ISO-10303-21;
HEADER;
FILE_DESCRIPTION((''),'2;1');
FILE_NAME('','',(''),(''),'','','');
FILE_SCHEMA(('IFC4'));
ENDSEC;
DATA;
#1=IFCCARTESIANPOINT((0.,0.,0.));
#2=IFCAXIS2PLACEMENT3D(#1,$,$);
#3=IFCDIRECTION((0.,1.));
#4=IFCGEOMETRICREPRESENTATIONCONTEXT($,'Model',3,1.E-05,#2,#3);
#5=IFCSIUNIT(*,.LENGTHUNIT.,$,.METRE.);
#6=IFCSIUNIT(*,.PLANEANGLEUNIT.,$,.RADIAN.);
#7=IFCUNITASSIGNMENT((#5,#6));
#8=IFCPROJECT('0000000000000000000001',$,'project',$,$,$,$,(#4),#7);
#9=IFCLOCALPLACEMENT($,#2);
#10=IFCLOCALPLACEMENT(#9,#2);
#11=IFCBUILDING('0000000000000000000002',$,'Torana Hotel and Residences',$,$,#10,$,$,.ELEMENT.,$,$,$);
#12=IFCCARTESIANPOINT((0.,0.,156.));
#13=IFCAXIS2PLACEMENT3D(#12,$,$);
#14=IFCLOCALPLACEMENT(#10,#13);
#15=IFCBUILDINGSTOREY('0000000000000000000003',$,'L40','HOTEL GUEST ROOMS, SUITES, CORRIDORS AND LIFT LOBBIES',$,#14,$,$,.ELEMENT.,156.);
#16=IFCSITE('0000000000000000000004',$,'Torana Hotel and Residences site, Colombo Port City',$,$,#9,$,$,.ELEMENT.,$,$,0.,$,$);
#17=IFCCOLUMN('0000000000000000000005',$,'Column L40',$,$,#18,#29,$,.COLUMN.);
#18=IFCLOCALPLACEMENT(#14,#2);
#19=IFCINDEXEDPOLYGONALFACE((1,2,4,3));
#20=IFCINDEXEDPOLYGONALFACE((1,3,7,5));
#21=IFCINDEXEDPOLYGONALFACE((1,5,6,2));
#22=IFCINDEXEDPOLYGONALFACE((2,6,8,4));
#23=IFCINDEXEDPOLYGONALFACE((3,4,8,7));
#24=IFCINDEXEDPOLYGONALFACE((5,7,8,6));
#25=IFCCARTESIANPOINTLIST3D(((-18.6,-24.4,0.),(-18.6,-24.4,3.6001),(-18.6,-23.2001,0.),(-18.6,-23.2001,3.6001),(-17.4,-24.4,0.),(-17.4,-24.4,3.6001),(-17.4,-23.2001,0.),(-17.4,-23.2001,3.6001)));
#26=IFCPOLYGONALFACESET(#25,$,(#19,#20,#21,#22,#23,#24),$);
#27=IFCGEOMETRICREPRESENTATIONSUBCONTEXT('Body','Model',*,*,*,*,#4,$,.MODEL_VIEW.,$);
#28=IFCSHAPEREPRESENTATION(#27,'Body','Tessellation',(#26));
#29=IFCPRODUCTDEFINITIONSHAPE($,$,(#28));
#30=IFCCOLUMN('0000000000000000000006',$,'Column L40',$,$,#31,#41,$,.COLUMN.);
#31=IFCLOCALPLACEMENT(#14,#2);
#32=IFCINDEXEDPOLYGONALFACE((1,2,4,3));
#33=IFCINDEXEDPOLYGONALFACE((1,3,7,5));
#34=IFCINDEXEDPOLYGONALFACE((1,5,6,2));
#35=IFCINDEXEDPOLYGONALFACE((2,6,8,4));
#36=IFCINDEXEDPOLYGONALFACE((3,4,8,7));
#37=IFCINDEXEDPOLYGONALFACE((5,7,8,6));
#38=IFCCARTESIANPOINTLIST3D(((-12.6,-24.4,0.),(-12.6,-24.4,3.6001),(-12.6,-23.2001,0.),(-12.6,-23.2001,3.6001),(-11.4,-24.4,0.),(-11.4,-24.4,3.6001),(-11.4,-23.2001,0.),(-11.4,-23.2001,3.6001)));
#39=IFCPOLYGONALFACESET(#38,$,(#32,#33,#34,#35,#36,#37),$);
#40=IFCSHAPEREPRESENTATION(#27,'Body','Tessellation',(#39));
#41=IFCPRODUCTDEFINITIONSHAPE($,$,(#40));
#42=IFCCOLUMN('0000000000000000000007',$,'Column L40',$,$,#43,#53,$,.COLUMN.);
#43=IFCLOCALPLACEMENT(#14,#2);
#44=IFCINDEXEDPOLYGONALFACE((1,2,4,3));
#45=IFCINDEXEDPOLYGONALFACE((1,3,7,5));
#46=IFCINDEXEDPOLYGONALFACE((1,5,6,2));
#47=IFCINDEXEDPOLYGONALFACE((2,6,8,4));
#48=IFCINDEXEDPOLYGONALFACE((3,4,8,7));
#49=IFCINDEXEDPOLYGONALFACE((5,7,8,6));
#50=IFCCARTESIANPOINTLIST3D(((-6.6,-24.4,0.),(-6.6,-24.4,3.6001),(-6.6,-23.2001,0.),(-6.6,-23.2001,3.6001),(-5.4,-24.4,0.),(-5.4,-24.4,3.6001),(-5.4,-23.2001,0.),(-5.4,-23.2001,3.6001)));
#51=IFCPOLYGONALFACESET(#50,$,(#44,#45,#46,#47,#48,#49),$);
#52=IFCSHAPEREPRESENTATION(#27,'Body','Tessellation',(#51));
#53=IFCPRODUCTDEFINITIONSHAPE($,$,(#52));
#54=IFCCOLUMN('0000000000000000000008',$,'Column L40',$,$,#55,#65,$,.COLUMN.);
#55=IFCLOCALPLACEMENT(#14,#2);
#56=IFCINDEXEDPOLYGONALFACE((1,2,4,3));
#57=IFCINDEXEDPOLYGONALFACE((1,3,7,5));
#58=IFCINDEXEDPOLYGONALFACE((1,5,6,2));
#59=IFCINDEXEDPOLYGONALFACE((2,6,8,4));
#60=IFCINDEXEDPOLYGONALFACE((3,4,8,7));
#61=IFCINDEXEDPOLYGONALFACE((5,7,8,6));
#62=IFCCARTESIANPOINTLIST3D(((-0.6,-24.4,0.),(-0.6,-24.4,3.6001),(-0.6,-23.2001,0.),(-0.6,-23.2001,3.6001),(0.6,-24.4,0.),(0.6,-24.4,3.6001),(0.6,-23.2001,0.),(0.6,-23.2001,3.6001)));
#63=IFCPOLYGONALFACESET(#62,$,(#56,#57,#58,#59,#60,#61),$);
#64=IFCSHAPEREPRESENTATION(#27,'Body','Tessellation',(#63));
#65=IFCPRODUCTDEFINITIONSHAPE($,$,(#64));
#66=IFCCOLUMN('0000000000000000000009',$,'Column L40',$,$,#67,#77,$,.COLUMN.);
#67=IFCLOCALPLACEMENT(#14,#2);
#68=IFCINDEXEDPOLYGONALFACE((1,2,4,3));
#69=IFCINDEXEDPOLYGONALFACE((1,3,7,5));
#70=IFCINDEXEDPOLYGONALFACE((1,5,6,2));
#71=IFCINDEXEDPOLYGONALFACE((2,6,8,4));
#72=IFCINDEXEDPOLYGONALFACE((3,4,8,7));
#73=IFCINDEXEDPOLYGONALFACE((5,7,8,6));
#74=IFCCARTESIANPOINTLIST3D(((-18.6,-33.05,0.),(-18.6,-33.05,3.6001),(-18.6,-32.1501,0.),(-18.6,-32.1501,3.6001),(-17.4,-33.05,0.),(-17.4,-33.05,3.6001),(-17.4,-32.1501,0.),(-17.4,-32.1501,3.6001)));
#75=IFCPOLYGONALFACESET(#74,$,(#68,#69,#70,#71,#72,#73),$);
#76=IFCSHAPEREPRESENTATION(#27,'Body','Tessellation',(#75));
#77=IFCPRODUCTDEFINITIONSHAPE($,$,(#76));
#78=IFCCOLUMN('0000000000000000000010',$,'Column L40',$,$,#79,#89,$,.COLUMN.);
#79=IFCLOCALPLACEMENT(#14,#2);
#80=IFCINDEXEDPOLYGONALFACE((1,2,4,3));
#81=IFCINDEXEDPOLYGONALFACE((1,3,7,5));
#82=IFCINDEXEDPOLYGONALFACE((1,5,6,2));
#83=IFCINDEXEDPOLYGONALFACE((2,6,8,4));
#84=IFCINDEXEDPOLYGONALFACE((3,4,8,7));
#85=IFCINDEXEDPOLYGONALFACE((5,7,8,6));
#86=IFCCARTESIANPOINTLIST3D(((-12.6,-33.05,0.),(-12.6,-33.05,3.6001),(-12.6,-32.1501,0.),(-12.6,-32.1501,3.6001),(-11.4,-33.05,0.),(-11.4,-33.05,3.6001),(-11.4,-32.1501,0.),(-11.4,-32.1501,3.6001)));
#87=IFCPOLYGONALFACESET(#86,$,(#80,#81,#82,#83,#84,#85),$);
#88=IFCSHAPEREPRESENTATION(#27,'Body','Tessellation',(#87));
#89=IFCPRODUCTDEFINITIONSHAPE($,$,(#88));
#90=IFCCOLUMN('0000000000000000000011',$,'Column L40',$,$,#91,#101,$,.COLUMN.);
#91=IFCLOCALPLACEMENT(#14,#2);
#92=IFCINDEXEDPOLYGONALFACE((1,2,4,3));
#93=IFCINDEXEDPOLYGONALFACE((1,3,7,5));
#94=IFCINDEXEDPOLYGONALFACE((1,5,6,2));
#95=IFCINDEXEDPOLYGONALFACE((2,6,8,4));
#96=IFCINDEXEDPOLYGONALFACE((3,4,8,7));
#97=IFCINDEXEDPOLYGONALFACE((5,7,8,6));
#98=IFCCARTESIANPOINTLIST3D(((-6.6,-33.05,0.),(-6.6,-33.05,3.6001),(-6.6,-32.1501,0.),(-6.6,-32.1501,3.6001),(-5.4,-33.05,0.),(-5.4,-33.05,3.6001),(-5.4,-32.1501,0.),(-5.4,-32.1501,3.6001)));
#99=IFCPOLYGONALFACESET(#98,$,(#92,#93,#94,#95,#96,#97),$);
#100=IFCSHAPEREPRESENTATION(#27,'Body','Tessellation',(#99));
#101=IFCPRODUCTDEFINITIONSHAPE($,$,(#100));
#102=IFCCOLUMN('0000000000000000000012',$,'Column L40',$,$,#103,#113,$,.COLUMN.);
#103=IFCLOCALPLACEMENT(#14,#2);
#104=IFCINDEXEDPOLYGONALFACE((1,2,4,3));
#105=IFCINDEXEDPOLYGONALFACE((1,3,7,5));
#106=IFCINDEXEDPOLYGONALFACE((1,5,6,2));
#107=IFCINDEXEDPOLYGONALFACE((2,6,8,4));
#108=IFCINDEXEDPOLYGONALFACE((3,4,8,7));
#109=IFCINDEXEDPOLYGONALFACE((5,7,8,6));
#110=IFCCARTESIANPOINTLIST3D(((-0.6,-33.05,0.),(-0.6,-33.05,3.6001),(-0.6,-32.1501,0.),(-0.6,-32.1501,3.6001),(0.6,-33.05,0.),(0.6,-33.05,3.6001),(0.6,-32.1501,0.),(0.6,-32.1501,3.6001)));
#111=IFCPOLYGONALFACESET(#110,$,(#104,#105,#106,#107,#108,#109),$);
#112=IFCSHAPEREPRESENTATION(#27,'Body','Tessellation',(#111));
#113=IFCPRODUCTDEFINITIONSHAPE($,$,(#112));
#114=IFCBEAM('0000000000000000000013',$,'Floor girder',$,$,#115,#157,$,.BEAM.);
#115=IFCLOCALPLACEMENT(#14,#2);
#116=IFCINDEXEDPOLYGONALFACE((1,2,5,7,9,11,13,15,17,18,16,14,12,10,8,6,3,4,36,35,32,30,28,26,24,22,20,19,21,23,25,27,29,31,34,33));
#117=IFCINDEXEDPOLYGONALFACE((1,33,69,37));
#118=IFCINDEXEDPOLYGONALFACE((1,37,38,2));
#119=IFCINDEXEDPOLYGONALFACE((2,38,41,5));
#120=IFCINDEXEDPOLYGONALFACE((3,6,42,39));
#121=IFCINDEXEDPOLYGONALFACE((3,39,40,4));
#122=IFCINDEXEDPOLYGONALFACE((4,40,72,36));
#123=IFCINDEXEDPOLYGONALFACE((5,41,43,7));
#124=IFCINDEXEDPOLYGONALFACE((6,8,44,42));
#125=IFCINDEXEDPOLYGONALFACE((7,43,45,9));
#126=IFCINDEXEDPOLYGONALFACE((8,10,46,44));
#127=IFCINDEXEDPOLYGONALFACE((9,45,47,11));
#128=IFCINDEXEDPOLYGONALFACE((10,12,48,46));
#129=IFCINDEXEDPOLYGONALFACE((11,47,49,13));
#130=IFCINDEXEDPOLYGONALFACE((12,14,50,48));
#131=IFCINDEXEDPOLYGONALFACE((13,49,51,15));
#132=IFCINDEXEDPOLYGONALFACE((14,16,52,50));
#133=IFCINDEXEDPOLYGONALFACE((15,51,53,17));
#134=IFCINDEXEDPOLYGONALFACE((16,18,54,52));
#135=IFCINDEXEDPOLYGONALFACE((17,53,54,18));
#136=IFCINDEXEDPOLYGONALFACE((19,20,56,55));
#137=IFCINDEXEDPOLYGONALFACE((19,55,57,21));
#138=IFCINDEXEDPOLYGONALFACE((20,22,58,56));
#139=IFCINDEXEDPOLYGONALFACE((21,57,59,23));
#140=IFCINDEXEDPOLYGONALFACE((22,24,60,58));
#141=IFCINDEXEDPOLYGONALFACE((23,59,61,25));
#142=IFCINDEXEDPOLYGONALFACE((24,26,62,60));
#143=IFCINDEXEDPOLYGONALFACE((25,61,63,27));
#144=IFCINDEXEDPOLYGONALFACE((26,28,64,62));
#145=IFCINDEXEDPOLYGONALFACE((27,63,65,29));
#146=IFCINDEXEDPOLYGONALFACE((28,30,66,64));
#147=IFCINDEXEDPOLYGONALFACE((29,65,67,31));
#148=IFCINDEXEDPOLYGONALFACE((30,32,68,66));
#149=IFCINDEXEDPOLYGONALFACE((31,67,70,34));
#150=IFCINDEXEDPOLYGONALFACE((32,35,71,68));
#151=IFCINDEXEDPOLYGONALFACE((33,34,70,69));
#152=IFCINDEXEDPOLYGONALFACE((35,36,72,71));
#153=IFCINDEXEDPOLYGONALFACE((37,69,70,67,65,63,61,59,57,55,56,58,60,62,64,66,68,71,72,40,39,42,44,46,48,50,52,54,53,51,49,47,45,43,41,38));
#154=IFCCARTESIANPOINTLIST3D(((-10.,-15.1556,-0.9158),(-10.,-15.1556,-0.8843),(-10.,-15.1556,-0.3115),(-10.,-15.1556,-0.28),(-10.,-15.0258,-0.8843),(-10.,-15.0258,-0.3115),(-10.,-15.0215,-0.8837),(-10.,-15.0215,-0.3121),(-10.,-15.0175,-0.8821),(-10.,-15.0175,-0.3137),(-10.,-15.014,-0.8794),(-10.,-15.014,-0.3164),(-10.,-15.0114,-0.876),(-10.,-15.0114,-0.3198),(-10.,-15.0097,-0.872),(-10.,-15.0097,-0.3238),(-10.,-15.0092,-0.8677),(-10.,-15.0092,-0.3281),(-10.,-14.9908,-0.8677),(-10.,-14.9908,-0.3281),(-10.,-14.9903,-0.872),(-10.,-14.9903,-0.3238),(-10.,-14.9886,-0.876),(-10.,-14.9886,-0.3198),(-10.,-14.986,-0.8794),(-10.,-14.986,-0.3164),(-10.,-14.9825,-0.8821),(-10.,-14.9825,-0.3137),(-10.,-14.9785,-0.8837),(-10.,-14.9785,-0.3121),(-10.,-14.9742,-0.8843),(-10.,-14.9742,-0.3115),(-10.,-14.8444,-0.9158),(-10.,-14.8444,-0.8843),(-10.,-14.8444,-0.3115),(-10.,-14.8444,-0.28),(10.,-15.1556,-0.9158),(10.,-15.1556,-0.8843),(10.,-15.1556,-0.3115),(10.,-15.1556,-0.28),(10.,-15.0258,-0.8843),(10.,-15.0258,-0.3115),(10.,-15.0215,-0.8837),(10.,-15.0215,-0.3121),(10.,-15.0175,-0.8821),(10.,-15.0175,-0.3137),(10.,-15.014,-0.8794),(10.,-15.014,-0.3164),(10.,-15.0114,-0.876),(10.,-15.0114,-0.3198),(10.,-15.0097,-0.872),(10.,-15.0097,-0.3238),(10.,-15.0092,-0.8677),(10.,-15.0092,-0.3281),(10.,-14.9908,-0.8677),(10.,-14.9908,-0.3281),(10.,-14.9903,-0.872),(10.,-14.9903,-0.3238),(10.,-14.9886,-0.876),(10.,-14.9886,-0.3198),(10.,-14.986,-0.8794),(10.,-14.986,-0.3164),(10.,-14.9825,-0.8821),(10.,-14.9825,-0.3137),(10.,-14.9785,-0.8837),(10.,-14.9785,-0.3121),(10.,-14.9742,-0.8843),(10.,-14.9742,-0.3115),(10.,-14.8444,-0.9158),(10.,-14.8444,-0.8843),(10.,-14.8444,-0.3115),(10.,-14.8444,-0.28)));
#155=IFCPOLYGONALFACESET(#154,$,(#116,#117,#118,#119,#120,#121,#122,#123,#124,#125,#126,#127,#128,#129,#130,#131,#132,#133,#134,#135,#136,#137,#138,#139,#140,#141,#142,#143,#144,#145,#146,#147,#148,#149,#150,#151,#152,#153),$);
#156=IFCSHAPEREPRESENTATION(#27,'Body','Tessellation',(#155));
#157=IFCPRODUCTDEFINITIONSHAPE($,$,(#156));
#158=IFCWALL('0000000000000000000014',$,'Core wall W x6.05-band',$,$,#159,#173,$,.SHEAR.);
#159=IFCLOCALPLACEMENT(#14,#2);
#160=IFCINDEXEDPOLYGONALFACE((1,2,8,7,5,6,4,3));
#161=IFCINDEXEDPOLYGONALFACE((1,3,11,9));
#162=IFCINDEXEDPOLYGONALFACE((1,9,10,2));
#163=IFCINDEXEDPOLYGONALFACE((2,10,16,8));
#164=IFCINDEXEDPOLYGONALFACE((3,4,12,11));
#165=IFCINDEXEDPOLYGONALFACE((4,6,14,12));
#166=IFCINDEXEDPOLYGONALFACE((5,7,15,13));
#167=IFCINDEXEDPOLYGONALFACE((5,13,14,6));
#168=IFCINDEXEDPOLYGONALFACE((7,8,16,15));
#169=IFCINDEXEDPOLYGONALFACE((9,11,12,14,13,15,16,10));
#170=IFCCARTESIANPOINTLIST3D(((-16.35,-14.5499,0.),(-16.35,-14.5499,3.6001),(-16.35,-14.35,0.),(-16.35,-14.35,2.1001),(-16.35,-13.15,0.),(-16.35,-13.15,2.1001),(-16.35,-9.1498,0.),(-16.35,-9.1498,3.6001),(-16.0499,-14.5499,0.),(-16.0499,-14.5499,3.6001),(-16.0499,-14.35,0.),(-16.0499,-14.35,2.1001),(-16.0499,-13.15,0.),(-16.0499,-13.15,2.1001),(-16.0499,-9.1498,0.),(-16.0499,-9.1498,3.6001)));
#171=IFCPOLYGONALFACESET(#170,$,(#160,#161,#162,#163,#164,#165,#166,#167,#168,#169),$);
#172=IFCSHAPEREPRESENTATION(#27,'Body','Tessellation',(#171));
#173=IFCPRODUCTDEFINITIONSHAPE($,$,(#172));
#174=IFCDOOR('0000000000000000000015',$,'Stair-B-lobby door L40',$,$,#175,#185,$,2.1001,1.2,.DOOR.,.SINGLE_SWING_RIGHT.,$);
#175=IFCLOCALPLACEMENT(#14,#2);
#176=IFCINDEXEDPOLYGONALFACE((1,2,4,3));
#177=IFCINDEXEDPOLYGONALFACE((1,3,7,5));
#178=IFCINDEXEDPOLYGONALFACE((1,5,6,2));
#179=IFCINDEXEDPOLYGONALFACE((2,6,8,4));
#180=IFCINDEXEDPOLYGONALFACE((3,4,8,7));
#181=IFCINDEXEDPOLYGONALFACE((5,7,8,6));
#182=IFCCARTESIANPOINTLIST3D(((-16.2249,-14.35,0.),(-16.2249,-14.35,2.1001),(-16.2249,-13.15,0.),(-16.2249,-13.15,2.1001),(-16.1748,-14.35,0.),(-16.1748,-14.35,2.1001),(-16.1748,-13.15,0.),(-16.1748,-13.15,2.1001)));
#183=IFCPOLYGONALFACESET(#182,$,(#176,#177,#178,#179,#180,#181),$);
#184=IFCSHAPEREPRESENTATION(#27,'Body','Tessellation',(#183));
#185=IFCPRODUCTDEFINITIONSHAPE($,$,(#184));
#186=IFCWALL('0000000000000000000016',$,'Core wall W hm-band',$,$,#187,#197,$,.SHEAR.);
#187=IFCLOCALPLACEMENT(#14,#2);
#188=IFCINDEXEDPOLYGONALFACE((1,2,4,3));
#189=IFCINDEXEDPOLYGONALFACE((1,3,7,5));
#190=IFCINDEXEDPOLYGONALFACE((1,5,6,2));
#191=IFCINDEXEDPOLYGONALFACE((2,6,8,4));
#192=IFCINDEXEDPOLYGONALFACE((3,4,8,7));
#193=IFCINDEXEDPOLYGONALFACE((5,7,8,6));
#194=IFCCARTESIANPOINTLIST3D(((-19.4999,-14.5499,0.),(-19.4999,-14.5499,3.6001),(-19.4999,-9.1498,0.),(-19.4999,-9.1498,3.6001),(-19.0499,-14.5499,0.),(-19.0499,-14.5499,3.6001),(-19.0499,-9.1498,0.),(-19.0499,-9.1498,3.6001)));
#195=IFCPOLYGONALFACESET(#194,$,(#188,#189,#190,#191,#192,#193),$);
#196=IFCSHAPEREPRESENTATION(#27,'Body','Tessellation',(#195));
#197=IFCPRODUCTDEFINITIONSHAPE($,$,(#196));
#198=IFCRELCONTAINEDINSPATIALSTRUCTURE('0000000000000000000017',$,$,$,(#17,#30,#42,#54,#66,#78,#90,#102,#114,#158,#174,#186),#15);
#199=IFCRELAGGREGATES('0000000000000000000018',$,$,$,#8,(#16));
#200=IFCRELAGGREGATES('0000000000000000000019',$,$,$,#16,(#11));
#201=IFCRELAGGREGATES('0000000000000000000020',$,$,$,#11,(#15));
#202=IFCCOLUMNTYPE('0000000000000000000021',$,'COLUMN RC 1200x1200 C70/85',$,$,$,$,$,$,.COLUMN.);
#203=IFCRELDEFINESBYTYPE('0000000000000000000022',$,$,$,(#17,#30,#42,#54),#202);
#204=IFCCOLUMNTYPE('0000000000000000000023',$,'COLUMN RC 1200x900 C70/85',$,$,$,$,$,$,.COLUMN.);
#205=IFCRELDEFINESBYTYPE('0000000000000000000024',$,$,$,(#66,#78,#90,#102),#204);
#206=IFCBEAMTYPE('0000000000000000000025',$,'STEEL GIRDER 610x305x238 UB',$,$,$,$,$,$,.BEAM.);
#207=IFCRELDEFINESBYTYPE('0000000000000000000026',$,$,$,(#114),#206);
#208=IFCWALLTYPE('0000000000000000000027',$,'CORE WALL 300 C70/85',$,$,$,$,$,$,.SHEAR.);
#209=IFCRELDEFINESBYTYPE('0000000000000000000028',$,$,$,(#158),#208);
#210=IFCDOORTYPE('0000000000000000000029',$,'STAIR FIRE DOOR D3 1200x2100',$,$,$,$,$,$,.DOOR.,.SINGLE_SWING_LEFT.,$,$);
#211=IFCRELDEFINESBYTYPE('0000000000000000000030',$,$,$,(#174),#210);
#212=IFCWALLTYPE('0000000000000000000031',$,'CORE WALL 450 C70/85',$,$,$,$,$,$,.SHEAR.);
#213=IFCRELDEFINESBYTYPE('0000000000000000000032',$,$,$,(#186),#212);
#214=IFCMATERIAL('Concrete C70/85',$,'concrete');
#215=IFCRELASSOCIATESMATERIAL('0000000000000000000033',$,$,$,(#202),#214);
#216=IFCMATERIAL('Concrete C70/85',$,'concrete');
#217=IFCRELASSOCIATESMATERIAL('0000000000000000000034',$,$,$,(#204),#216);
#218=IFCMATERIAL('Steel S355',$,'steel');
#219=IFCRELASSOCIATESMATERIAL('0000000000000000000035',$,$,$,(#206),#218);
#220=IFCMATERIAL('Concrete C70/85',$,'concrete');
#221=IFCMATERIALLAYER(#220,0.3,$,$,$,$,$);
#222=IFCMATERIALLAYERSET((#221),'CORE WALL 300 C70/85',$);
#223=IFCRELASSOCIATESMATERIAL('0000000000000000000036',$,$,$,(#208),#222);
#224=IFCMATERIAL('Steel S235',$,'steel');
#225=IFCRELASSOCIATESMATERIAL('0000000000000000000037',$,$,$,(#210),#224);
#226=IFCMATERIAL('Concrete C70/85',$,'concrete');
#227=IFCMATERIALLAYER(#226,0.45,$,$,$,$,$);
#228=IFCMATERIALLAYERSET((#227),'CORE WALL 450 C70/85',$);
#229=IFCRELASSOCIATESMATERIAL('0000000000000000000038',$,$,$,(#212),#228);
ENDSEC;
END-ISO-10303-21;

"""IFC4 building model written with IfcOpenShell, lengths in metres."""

from ifc_helpers import new_model, si_unit, direction, frame, frame_2d, origin, origin_2d, place, context, subcontext, project, spatial, rectangle, i_section, extrude, material, layer, layer_set, material_profile, profile_set, type_object, element, fill, save


model = new_model("IFC4")

# Units and contexts
model_context = context("Model", 3, precision=1e-05, world=origin(), true_north=direction((0.0, 1.0)))
body_context = subcontext(model_context, "Body", "Model", "MODEL_VIEW")
ifc_project = project(units=[si_unit("LENGTHUNIT", "METRE"), si_unit("PLANEANGLEUNIT", "RADIAN")], contexts=[model_context])

# Site, building, storey
site_placement = place(None, origin())
site = spatial("IfcSite", under=ifc_project, at=site_placement, Name="Torana Hotel and Residences site, Colombo Port City", CompositionType="ELEMENT", RefElevation=0.0)
building_placement = place(site_placement, origin())
building = spatial("IfcBuilding", under=site, at=building_placement, Name="Torana Hotel and Residences", CompositionType="ELEMENT")
storey_placement = place(building_placement, frame((0.0, 0.0, 156.0)))
storey = spatial("IfcBuildingStorey", under=building, at=storey_placement, Name="L40", Description="HOTEL GUEST ROOMS, SUITES, CORRIDORS AND LIFT LOBBIES", CompositionType="ELEMENT", Elevation=156.0)

# Columns
ifc_material_1 = material(Name="Concrete C70/85", Category="concrete")
ifc_material_profile_1 = material_profile(ifc_material_1, rectangle(XDim=1.2, YDim=1.2, at=origin_2d()), Name="RC 1200x1200")
ifc_profile_set_1 = profile_set([ifc_material_profile_1], Name="Concrete C70/85")
column_type_1 = type_object("IfcColumnType", Name="COLUMN RC 1200x1200 C70/85", PredefinedType="COLUMN", material=ifc_profile_set_1)
for number, where, z_axis, x_axis, name in (
    (1, (-18.0, -23.8, 0.0), (0.0, 0.0, 1.0), (1.0, 0.0, 0.0), "Column L40"),
    (2, (-12.0, -23.8, 0.0), (0.0, 0.0, 1.0), (1.0, 0.0, 0.0), "Column L40"),
    (3, (-6.0, -23.8, 0.0), (0.0, 0.0, 1.0), (1.0, 0.0, 0.0), "Column L40"),
    (4, (0.0, -23.8, 0.0), (0.0, 0.0, 1.0), (1.0, 0.0, 0.0), "Column L40"),
):
    element("IfcColumn", number, at=place(storey_placement, frame(where, z_axis=z_axis, x_axis=x_axis)), inside=storey, type_object=column_type_1, Name=name, PredefinedType="COLUMN", context=body_context, shape_type="SweptSolid", body=[
        extrude(rectangle(XDim=1.2, YDim=1.2, at=origin_2d()), origin(), (0.0, 0.0, 1.0), 3.6001),
    ])
ifc_material_2 = material(Name="Concrete C70/85", Category="concrete")
ifc_material_profile_2 = material_profile(ifc_material_2, rectangle(XDim=1.2, YDim=0.8999, at=origin_2d()), Name="RC 1200x900")
ifc_profile_set_2 = profile_set([ifc_material_profile_2], Name="Concrete C70/85")
column_type_2 = type_object("IfcColumnType", Name="COLUMN RC 1200x900 C70/85", PredefinedType="COLUMN", material=ifc_profile_set_2)
for number, where, z_axis, x_axis, name in (
    (5, (-18.0, -32.6001, 0.0), (0.0, 0.0, 1.0), (1.0, 0.0, 0.0), "Column L40"),
    (6, (-12.0, -32.6001, 0.0), (0.0, 0.0, 1.0), (1.0, 0.0, 0.0), "Column L40"),
    (7, (-6.0, -32.6001, 0.0), (0.0, 0.0, 1.0), (1.0, 0.0, 0.0), "Column L40"),
    (8, (0.0, -32.6001, 0.0), (0.0, 0.0, 1.0), (1.0, 0.0, 0.0), "Column L40"),
):
    element("IfcColumn", number, at=place(storey_placement, frame(where, z_axis=z_axis, x_axis=x_axis)), inside=storey, type_object=column_type_2, Name=name, PredefinedType="COLUMN", context=body_context, shape_type="SweptSolid", body=[
        extrude(rectangle(XDim=1.2, YDim=0.8999, at=origin_2d()), origin(), (0.0, 0.0, 1.0), 3.6001),
    ])

# Beam
ifc_material_3 = material(Name="Steel S355", Category="steel")
ifc_material_profile_3 = material_profile(ifc_material_3, i_section(OverallWidth=0.3113, OverallDepth=0.6357, WebThickness=0.0183, FlangeThickness=0.0315, FilletRadius=0.0166, at=origin_2d()), Name="610x305x238 UB")
ifc_profile_set_3 = profile_set([ifc_material_profile_3], Name="Steel S355")
beam_type = type_object("IfcBeamType", Name="STEEL GIRDER 610x305x238 UB", PredefinedType="BEAM", material=ifc_profile_set_3)
beam_placement = place(storey_placement, frame((-10.0, -15.0, -0.5979), z_axis=(1.0, 0.0, 0.0), x_axis=(0.0, 1.0, 0.0)))
element("IfcBeam", 9, at=beam_placement, inside=storey, type_object=beam_type, Name="Floor girder", PredefinedType="BEAM", context=body_context, shape_type="SweptSolid", body=[
    extrude(i_section(OverallWidth=0.3113, OverallDepth=0.6357, WebThickness=0.0183, FlangeThickness=0.0315, FilletRadius=0.0166, at=origin_2d()), origin(), (0.0, 0.0, 1.0), 20.0),
])

# Wall, opening, door
ifc_material_4 = material(Name="Concrete C70/85", Category="concrete")
ifc_layer_1 = layer(ifc_material_4, 0.3)
ifc_layer_set_1 = layer_set([ifc_layer_1], Name="CORE WALL 300 C70/85")
wall_type_1 = type_object("IfcWallType", Name="CORE WALL 300 C70/85", PredefinedType="SHEAR", material=ifc_layer_set_1)
wall_1_placement = place(storey_placement, frame((-16.2, -14.55, 0.0), z_axis=(0.0, 0.0, 1.0), x_axis=(0.0, 1.0, 0.0)))
wall_1 = element("IfcWall", 10, at=wall_1_placement, inside=storey, type_object=wall_type_1, Name="Core wall W x6.05-band", PredefinedType="SHEAR", context=body_context, shape_type="SweptSolid", body=[
    extrude(rectangle(XDim=5.4001, YDim=0.3, at=frame_2d((2.7002, 0.0))), origin(), (0.0, 0.0, 1.0), 3.6001),
])
opening_1_placement = place(wall_1_placement, frame((0.2, 0.0, 0.0)))
opening_1 = element("IfcOpeningElement", 11, at=opening_1_placement, cuts=wall_1, PredefinedType="OPENING", context=body_context, shape_type="SweptSolid", body=[
    extrude(rectangle(XDim=1.2, YDim=2.1001, at=frame_2d((0.6001, 1.05))), frame((0.0, 0.1599, 0.0), z_axis=(0.0, -1.0, 0.0), x_axis=(1.0, 0.0, 0.0)), (0.0, 0.0, 1.0), 0.3201),
])
ifc_material_5 = material(Name="Steel S235", Category="steel")
door_type_1 = type_object("IfcDoorType", Name="STAIR FIRE DOOR D3 1200x2100", OperationType="SINGLE_SWING_LEFT", PredefinedType="DOOR", material=ifc_material_5)
door_1_placement = place(opening_1_placement, origin())
door_1 = element("IfcDoor", 12, at=door_1_placement, inside=storey, type_object=door_type_1, Name="Stair-B-lobby door L40", OperationType="SINGLE_SWING_RIGHT", OverallHeight=2.1001, OverallWidth=1.2, PredefinedType="DOOR", context=body_context, shape_type="SweptSolid", body=[
    extrude(rectangle(XDim=1.2, YDim=2.1001, at=frame_2d((0.6001, 1.05))), frame((0.0, 0.0249, 0.0), z_axis=(0.0, -1.0, 0.0), x_axis=(1.0, 0.0, 0.0)), (0.0, 0.0, 1.0), 0.05),
])
fill(opening_1, door_1)

# Wall
ifc_material_6 = material(Name="Concrete C70/85", Category="concrete")
ifc_layer_2 = layer(ifc_material_6, 0.45)
ifc_layer_set_2 = layer_set([ifc_layer_2], Name="CORE WALL 450 C70/85")
wall_type_2 = type_object("IfcWallType", Name="CORE WALL 450 C70/85", PredefinedType="SHEAR", material=ifc_layer_set_2)
wall_2_placement = place(storey_placement, frame((-19.2749, -14.55, 0.0), z_axis=(0.0, 0.0, 1.0), x_axis=(0.0, 1.0, 0.0)))
element("IfcWall", 13, at=wall_2_placement, inside=storey, type_object=wall_type_2, Name="Core wall W hm-band", PredefinedType="SHEAR", context=body_context, shape_type="SweptSolid", body=[
    extrude(rectangle(XDim=5.4001, YDim=0.45, at=frame_2d((2.7002, 0.0))), origin(), (0.0, 0.0, 1.0), 3.6001),
])

save(model, "model.ifc")
